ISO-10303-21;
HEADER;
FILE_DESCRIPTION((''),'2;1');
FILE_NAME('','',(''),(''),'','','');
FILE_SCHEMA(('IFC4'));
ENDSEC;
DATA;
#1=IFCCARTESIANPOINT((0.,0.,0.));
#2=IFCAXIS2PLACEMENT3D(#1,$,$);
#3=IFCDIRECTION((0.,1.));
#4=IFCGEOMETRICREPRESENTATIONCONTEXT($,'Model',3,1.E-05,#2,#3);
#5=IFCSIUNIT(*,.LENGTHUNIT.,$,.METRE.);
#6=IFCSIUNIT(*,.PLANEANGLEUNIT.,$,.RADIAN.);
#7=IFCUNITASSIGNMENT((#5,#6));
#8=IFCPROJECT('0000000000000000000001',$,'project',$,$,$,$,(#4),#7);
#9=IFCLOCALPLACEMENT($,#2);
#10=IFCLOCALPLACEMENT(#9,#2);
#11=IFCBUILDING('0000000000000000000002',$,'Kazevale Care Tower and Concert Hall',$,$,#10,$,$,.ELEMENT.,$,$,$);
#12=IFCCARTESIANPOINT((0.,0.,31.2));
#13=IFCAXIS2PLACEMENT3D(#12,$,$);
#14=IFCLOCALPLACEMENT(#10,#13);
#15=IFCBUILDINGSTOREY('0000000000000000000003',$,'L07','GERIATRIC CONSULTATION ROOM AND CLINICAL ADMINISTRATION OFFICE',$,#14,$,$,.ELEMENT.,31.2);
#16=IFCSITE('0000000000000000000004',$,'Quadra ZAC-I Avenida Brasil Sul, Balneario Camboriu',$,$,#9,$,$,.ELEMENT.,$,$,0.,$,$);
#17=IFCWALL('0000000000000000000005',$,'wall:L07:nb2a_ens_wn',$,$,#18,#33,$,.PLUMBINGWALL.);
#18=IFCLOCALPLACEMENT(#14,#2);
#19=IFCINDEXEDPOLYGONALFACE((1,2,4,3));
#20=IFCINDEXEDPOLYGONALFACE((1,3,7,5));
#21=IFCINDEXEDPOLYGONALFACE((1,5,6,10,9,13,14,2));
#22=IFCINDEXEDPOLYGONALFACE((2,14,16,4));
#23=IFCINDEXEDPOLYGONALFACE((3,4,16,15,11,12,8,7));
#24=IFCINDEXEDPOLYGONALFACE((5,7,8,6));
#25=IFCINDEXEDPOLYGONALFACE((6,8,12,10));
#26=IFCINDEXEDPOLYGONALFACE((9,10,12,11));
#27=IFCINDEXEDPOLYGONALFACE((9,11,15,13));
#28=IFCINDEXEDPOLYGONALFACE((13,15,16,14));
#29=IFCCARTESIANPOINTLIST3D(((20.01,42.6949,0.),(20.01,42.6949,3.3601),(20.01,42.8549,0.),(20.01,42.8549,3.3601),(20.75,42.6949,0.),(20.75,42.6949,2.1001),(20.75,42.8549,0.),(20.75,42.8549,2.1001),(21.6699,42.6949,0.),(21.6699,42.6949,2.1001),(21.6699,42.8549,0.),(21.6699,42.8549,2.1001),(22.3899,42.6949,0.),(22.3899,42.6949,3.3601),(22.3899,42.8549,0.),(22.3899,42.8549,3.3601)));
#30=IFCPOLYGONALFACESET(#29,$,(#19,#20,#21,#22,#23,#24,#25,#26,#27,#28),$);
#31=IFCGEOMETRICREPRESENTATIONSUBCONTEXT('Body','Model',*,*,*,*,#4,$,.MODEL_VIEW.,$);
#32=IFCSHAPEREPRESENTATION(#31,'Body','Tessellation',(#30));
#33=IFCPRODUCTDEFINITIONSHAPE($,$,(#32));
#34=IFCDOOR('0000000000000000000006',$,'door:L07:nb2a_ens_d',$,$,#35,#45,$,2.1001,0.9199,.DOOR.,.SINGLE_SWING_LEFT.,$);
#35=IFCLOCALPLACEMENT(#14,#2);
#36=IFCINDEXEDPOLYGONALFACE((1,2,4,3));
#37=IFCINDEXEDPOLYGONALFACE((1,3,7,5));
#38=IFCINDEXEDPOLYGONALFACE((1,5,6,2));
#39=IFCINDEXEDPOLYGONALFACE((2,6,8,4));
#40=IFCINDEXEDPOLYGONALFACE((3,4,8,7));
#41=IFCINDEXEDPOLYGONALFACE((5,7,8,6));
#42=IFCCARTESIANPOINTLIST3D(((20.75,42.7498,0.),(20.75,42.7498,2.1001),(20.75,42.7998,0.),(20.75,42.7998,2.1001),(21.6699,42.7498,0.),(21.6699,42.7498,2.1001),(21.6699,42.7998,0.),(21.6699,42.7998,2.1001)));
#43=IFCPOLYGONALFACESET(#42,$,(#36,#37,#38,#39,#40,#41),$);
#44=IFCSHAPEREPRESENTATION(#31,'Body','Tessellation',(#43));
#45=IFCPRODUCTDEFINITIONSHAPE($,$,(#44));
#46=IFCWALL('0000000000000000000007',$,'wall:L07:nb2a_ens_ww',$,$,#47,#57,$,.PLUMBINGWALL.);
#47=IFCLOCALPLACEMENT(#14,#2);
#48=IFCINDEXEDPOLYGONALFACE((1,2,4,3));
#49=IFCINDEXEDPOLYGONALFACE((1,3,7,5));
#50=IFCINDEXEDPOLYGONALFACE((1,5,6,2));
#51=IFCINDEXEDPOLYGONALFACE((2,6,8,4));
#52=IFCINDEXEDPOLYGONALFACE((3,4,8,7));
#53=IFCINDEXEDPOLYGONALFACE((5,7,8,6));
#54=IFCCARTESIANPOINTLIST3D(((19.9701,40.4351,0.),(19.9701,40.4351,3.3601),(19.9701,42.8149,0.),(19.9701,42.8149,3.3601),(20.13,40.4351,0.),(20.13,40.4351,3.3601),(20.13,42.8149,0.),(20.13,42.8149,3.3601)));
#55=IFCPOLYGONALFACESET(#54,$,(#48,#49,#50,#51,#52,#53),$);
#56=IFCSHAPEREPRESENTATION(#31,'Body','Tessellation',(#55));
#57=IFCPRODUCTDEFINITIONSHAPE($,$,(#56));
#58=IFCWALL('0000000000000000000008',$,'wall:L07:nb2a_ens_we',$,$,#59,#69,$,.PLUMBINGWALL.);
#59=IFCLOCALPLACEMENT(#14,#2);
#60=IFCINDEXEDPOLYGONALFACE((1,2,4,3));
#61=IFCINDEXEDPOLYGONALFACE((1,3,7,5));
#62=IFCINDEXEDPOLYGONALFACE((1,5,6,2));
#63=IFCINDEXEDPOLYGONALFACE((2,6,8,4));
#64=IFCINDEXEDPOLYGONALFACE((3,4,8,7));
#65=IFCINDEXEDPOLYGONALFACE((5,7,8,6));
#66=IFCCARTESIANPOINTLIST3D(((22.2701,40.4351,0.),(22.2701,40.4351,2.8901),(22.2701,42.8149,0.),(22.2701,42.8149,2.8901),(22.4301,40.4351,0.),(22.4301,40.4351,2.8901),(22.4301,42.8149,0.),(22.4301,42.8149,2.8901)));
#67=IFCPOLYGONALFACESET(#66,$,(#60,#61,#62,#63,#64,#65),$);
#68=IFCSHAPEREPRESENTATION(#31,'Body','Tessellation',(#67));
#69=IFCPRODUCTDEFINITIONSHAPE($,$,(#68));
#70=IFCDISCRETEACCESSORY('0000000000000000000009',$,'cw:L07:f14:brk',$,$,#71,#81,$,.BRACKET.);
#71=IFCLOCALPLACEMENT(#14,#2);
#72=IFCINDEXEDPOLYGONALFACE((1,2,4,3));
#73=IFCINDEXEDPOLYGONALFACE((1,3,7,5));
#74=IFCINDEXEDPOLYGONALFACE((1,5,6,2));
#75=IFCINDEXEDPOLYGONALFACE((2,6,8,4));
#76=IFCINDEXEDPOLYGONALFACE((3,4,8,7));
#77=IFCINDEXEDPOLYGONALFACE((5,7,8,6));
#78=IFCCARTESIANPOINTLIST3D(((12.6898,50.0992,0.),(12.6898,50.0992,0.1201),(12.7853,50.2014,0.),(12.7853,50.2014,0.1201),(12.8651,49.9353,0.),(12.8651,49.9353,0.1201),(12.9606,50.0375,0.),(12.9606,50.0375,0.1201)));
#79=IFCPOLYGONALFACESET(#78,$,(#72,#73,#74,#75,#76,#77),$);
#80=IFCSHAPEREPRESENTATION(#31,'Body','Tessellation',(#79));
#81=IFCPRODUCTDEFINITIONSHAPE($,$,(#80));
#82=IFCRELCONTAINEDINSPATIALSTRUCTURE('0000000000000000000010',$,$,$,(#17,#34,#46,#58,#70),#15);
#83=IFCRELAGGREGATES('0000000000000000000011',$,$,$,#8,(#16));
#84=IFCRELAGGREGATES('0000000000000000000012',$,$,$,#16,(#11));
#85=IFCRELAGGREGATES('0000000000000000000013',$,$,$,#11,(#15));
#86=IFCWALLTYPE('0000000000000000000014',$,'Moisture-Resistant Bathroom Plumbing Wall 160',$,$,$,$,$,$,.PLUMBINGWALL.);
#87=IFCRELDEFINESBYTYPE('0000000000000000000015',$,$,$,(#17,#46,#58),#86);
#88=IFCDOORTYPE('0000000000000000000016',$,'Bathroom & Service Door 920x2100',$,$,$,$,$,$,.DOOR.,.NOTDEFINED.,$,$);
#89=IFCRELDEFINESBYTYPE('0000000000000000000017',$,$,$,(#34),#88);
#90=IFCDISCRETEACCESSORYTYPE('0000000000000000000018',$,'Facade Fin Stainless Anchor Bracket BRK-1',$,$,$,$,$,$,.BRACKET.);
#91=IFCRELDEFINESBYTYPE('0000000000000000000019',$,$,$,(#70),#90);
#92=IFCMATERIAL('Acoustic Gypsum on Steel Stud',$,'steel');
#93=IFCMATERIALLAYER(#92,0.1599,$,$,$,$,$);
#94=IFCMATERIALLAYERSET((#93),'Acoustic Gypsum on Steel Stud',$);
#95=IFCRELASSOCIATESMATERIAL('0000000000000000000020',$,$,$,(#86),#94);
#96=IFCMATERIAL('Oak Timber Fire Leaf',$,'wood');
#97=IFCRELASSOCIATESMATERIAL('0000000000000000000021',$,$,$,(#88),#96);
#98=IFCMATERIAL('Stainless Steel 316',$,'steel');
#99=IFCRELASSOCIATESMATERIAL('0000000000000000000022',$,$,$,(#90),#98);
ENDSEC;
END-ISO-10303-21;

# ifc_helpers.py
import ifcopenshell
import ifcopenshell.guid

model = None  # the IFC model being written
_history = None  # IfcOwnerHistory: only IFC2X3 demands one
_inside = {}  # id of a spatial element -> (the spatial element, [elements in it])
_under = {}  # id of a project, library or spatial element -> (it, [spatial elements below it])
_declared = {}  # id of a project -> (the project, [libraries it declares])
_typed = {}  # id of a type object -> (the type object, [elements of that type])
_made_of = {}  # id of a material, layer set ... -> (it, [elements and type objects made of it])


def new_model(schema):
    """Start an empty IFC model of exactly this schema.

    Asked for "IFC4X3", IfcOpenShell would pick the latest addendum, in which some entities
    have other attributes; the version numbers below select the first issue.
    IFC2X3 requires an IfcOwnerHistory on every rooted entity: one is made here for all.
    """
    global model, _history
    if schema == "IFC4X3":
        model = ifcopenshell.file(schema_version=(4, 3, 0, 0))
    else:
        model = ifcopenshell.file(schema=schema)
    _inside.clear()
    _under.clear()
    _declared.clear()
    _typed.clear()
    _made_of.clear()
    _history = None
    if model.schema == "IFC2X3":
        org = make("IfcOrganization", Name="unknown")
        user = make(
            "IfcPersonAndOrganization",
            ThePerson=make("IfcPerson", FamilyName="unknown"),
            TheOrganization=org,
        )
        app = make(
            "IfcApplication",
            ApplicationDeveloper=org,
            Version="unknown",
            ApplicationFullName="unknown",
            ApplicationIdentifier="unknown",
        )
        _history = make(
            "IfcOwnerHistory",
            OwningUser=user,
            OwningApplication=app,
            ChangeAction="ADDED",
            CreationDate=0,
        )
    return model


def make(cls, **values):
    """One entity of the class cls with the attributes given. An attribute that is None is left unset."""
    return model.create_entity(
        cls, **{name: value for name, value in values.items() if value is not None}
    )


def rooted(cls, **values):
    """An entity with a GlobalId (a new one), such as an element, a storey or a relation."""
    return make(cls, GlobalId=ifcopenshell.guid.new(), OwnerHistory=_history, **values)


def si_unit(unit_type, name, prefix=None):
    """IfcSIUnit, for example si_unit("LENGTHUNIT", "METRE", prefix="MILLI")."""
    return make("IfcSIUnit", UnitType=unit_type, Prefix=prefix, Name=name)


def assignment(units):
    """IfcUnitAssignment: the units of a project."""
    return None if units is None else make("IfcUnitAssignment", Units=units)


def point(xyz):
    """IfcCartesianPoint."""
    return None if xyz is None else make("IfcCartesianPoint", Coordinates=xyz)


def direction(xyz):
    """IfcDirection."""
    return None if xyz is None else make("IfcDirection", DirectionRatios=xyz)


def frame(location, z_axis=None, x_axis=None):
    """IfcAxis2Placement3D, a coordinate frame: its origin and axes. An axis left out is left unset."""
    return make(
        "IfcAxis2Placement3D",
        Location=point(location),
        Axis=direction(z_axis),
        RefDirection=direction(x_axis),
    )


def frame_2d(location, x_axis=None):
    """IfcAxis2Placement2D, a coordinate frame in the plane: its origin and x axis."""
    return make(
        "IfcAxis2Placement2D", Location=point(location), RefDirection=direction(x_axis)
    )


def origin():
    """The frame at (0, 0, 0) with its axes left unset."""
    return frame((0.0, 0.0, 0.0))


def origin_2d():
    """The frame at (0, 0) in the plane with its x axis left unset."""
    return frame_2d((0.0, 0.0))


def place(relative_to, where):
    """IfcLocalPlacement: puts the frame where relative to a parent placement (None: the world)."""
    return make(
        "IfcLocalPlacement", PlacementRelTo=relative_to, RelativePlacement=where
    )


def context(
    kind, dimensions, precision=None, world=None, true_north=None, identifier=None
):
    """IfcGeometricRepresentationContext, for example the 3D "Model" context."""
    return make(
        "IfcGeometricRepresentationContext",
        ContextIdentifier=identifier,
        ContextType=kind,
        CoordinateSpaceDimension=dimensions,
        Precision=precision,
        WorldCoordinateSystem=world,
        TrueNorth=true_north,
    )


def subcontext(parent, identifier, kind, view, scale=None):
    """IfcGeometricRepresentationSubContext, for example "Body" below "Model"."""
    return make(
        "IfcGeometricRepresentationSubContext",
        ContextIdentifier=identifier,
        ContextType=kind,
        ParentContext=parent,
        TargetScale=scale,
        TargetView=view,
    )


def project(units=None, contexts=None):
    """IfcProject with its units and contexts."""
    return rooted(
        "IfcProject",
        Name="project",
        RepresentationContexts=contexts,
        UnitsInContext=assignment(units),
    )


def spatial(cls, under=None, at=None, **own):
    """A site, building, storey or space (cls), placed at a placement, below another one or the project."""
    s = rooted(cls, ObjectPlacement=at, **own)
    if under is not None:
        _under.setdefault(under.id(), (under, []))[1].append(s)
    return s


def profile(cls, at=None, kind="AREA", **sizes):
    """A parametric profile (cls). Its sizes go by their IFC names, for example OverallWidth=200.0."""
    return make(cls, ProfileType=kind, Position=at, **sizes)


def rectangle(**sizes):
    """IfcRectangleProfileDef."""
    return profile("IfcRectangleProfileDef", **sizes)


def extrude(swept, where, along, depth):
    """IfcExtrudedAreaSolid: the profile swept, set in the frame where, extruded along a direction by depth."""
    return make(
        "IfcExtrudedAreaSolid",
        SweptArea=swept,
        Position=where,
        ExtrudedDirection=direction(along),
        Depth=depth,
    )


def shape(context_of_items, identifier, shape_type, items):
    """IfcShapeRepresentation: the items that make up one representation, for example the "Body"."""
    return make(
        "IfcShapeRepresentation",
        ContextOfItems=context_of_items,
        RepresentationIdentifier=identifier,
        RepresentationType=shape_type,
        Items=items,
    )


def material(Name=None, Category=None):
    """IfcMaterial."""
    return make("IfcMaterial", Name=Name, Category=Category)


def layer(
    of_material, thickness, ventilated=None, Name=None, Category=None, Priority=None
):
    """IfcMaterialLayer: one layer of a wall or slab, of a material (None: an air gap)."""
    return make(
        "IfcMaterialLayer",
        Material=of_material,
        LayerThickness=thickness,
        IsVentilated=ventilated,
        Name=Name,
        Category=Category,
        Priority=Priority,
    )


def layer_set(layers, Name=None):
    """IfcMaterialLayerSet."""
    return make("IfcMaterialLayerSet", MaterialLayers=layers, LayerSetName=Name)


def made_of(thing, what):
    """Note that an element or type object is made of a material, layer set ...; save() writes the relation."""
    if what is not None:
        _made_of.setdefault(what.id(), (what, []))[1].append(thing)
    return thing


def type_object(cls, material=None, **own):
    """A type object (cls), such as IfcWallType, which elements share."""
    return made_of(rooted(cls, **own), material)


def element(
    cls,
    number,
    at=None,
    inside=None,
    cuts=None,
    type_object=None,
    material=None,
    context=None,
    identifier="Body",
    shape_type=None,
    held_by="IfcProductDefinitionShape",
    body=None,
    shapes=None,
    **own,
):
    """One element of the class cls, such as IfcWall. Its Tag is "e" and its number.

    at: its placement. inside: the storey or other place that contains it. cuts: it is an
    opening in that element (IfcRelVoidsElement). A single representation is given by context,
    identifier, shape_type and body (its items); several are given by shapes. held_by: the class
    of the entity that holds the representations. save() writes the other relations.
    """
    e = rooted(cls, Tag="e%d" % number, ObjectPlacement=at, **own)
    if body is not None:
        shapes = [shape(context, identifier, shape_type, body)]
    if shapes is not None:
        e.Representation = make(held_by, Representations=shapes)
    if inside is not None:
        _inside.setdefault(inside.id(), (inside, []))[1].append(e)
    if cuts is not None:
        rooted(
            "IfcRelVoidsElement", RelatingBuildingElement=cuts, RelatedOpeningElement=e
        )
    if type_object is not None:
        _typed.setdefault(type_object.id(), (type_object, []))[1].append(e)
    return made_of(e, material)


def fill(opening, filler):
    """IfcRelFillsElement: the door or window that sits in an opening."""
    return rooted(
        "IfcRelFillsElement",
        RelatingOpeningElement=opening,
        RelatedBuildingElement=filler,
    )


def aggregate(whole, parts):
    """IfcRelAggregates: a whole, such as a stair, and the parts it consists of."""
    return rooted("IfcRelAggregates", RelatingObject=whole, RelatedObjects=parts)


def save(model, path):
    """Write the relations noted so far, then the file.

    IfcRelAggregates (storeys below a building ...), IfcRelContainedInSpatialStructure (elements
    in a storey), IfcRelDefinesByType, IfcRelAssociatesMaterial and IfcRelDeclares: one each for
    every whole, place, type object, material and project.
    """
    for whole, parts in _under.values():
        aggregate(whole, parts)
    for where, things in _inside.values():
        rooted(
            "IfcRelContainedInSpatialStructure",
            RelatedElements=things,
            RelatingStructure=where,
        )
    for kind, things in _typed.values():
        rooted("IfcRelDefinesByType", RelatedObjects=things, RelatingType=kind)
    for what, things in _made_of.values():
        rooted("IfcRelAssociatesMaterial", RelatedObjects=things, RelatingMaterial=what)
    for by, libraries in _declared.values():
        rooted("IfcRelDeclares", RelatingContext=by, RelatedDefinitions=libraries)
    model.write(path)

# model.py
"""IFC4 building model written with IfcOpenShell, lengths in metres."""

from ifc_helpers import new_model, si_unit, direction, frame, frame_2d, origin, origin_2d, place, context, subcontext, project, spatial, rectangle, extrude, material, layer, layer_set, type_object, element, fill, save


model = new_model("IFC4")

# Units and contexts
model_context = context("Model", 3, precision=1e-05, world=origin(), true_north=direction((0.0, 1.0)))
body_context = subcontext(model_context, "Body", "Model", "MODEL_VIEW")
ifc_project = project(units=[si_unit("LENGTHUNIT", "METRE"), si_unit("PLANEANGLEUNIT", "RADIAN")], contexts=[model_context])

# Site, building, storey
site_placement = place(None, origin())
site = spatial("IfcSite", under=ifc_project, at=site_placement, Name="Quadra ZAC-I Avenida Brasil Sul, Balneario Camboriu", CompositionType="ELEMENT", RefElevation=0.0)
building_placement = place(site_placement, origin())
building = spatial("IfcBuilding", under=site, at=building_placement, Name="Kazevale Care Tower and Concert Hall", CompositionType="ELEMENT")
storey_placement = place(building_placement, frame((0.0, 0.0, 31.2)))
storey = spatial("IfcBuildingStorey", under=building, at=storey_placement, Name="L07", Description="GERIATRIC CONSULTATION ROOM AND CLINICAL ADMINISTRATION OFFICE", CompositionType="ELEMENT", Elevation=31.2)

# Shared definitions
ifc_material_1 = material(Name="Oak Timber Fire Leaf", Category="wood")

# Shared definitions
ifc_material_2 = material(Name="Acoustic Gypsum on Steel Stud", Category="steel")
ifc_layer_1 = layer(ifc_material_2, 0.1599)
ifc_layer_set_1 = layer_set([ifc_layer_1], Name="Acoustic Gypsum on Steel Stud")
wall_type_1 = type_object("IfcWallType", Name="Moisture-Resistant Bathroom Plumbing Wall 160", PredefinedType="PLUMBINGWALL", material=ifc_layer_set_1)

# Wall, opening, door
wall_1_placement = place(storey_placement, frame((20.01, 42.7749, 0.0), z_axis=(0.0, 0.0, 1.0), x_axis=(1.0, 0.0, 0.0)))
wall_1 = element("IfcWall", 1, at=wall_1_placement, inside=storey, type_object=wall_type_1, Name="wall:L07:nb2a_ens_wn", PredefinedType="PLUMBINGWALL", context=body_context, shape_type="SweptSolid", body=[
    extrude(rectangle(XDim=2.3799, YDim=0.1599, at=frame_2d((1.1899, 0.0))), origin(), (0.0, 0.0, 1.0), 3.3601),
])
opening_1_placement = place(wall_1_placement, frame((0.74, 0.0, 0.0)))
opening_1 = element("IfcOpeningElement", 2, at=opening_1_placement, cuts=wall_1, PredefinedType="OPENING", context=body_context, shape_type="SweptSolid", body=[
    extrude(rectangle(XDim=0.9199, YDim=2.1001, at=frame_2d((0.46, 1.05))), frame((0.0, 0.0898, 0.0), z_axis=(0.0, -1.0, 0.0), x_axis=(1.0, 0.0, 0.0)), (0.0, 0.0, 1.0), 0.1799),
])
door_type_1 = type_object("IfcDoorType", Name="Bathroom & Service Door 920x2100", OperationType="NOTDEFINED", PredefinedType="DOOR", material=ifc_material_1)
door_1_placement = place(opening_1_placement, origin())
door_1 = element("IfcDoor", 3, at=door_1_placement, inside=storey, type_object=door_type_1, Name="door:L07:nb2a_ens_d", OperationType="SINGLE_SWING_LEFT", OverallHeight=2.1001, OverallWidth=0.9199, PredefinedType="DOOR", context=body_context, shape_type="SweptSolid", body=[
    extrude(rectangle(XDim=0.9199, YDim=2.1001, at=frame_2d((0.46, 1.05))), frame((0.0, 0.0249, 0.0), z_axis=(0.0, -1.0, 0.0), x_axis=(1.0, 0.0, 0.0)), (0.0, 0.0, 1.0), 0.05),
])
fill(opening_1, door_1)

# Walls
wall_2_placement = place(storey_placement, frame((20.05, 40.4351, 0.0), z_axis=(0.0, 0.0, 1.0), x_axis=(0.0, 1.0, 0.0)))
element("IfcWall", 4, at=wall_2_placement, inside=storey, type_object=wall_type_1, Name="wall:L07:nb2a_ens_ww", PredefinedType="PLUMBINGWALL", context=body_context, shape_type="SweptSolid", body=[
    extrude(rectangle(XDim=2.3799, YDim=0.1599, at=frame_2d((1.1899, 0.0))), origin(), (0.0, 0.0, 1.0), 3.3601),
])
wall_3_placement = place(storey_placement, frame((22.3501, 40.4351, 0.0), z_axis=(0.0, 0.0, 1.0), x_axis=(0.0, 1.0, 0.0)))
element("IfcWall", 5, at=wall_3_placement, inside=storey, type_object=wall_type_1, Name="wall:L07:nb2a_ens_we", PredefinedType="PLUMBINGWALL", context=body_context, shape_type="SweptSolid", body=[
    extrude(rectangle(XDim=2.3799, YDim=0.1599, at=frame_2d((1.1899, 0.0))), origin(), (0.0, 0.0, 1.0), 2.8901),
])

# Discrete accessory
ifc_material_3 = material(Name="Stainless Steel 316", Category="steel")
discrete_accessory_type = type_object("IfcDiscreteAccessoryType", Name="Facade Fin Stainless Anchor Bracket BRK-1", PredefinedType="BRACKET", material=ifc_material_3)
discrete_accessory_placement = place(storey_placement, frame((12.8252, 50.0684, 0.0), z_axis=(0.0, 0.0, 1.0), x_axis=(-0.730401, 0.683019, 0.0)))
element("IfcDiscreteAccessory", 6, at=discrete_accessory_placement, inside=storey, type_object=discrete_accessory_type, Name="cw:L07:f14:brk", PredefinedType="BRACKET", context=body_context, shape_type="SweptSolid", body=[
    extrude(rectangle(XDim=0.24, YDim=0.1399, at=origin_2d()), origin(), (0.0, 0.0, 1.0), 0.1201),
])

save(model, "model.ifc")
